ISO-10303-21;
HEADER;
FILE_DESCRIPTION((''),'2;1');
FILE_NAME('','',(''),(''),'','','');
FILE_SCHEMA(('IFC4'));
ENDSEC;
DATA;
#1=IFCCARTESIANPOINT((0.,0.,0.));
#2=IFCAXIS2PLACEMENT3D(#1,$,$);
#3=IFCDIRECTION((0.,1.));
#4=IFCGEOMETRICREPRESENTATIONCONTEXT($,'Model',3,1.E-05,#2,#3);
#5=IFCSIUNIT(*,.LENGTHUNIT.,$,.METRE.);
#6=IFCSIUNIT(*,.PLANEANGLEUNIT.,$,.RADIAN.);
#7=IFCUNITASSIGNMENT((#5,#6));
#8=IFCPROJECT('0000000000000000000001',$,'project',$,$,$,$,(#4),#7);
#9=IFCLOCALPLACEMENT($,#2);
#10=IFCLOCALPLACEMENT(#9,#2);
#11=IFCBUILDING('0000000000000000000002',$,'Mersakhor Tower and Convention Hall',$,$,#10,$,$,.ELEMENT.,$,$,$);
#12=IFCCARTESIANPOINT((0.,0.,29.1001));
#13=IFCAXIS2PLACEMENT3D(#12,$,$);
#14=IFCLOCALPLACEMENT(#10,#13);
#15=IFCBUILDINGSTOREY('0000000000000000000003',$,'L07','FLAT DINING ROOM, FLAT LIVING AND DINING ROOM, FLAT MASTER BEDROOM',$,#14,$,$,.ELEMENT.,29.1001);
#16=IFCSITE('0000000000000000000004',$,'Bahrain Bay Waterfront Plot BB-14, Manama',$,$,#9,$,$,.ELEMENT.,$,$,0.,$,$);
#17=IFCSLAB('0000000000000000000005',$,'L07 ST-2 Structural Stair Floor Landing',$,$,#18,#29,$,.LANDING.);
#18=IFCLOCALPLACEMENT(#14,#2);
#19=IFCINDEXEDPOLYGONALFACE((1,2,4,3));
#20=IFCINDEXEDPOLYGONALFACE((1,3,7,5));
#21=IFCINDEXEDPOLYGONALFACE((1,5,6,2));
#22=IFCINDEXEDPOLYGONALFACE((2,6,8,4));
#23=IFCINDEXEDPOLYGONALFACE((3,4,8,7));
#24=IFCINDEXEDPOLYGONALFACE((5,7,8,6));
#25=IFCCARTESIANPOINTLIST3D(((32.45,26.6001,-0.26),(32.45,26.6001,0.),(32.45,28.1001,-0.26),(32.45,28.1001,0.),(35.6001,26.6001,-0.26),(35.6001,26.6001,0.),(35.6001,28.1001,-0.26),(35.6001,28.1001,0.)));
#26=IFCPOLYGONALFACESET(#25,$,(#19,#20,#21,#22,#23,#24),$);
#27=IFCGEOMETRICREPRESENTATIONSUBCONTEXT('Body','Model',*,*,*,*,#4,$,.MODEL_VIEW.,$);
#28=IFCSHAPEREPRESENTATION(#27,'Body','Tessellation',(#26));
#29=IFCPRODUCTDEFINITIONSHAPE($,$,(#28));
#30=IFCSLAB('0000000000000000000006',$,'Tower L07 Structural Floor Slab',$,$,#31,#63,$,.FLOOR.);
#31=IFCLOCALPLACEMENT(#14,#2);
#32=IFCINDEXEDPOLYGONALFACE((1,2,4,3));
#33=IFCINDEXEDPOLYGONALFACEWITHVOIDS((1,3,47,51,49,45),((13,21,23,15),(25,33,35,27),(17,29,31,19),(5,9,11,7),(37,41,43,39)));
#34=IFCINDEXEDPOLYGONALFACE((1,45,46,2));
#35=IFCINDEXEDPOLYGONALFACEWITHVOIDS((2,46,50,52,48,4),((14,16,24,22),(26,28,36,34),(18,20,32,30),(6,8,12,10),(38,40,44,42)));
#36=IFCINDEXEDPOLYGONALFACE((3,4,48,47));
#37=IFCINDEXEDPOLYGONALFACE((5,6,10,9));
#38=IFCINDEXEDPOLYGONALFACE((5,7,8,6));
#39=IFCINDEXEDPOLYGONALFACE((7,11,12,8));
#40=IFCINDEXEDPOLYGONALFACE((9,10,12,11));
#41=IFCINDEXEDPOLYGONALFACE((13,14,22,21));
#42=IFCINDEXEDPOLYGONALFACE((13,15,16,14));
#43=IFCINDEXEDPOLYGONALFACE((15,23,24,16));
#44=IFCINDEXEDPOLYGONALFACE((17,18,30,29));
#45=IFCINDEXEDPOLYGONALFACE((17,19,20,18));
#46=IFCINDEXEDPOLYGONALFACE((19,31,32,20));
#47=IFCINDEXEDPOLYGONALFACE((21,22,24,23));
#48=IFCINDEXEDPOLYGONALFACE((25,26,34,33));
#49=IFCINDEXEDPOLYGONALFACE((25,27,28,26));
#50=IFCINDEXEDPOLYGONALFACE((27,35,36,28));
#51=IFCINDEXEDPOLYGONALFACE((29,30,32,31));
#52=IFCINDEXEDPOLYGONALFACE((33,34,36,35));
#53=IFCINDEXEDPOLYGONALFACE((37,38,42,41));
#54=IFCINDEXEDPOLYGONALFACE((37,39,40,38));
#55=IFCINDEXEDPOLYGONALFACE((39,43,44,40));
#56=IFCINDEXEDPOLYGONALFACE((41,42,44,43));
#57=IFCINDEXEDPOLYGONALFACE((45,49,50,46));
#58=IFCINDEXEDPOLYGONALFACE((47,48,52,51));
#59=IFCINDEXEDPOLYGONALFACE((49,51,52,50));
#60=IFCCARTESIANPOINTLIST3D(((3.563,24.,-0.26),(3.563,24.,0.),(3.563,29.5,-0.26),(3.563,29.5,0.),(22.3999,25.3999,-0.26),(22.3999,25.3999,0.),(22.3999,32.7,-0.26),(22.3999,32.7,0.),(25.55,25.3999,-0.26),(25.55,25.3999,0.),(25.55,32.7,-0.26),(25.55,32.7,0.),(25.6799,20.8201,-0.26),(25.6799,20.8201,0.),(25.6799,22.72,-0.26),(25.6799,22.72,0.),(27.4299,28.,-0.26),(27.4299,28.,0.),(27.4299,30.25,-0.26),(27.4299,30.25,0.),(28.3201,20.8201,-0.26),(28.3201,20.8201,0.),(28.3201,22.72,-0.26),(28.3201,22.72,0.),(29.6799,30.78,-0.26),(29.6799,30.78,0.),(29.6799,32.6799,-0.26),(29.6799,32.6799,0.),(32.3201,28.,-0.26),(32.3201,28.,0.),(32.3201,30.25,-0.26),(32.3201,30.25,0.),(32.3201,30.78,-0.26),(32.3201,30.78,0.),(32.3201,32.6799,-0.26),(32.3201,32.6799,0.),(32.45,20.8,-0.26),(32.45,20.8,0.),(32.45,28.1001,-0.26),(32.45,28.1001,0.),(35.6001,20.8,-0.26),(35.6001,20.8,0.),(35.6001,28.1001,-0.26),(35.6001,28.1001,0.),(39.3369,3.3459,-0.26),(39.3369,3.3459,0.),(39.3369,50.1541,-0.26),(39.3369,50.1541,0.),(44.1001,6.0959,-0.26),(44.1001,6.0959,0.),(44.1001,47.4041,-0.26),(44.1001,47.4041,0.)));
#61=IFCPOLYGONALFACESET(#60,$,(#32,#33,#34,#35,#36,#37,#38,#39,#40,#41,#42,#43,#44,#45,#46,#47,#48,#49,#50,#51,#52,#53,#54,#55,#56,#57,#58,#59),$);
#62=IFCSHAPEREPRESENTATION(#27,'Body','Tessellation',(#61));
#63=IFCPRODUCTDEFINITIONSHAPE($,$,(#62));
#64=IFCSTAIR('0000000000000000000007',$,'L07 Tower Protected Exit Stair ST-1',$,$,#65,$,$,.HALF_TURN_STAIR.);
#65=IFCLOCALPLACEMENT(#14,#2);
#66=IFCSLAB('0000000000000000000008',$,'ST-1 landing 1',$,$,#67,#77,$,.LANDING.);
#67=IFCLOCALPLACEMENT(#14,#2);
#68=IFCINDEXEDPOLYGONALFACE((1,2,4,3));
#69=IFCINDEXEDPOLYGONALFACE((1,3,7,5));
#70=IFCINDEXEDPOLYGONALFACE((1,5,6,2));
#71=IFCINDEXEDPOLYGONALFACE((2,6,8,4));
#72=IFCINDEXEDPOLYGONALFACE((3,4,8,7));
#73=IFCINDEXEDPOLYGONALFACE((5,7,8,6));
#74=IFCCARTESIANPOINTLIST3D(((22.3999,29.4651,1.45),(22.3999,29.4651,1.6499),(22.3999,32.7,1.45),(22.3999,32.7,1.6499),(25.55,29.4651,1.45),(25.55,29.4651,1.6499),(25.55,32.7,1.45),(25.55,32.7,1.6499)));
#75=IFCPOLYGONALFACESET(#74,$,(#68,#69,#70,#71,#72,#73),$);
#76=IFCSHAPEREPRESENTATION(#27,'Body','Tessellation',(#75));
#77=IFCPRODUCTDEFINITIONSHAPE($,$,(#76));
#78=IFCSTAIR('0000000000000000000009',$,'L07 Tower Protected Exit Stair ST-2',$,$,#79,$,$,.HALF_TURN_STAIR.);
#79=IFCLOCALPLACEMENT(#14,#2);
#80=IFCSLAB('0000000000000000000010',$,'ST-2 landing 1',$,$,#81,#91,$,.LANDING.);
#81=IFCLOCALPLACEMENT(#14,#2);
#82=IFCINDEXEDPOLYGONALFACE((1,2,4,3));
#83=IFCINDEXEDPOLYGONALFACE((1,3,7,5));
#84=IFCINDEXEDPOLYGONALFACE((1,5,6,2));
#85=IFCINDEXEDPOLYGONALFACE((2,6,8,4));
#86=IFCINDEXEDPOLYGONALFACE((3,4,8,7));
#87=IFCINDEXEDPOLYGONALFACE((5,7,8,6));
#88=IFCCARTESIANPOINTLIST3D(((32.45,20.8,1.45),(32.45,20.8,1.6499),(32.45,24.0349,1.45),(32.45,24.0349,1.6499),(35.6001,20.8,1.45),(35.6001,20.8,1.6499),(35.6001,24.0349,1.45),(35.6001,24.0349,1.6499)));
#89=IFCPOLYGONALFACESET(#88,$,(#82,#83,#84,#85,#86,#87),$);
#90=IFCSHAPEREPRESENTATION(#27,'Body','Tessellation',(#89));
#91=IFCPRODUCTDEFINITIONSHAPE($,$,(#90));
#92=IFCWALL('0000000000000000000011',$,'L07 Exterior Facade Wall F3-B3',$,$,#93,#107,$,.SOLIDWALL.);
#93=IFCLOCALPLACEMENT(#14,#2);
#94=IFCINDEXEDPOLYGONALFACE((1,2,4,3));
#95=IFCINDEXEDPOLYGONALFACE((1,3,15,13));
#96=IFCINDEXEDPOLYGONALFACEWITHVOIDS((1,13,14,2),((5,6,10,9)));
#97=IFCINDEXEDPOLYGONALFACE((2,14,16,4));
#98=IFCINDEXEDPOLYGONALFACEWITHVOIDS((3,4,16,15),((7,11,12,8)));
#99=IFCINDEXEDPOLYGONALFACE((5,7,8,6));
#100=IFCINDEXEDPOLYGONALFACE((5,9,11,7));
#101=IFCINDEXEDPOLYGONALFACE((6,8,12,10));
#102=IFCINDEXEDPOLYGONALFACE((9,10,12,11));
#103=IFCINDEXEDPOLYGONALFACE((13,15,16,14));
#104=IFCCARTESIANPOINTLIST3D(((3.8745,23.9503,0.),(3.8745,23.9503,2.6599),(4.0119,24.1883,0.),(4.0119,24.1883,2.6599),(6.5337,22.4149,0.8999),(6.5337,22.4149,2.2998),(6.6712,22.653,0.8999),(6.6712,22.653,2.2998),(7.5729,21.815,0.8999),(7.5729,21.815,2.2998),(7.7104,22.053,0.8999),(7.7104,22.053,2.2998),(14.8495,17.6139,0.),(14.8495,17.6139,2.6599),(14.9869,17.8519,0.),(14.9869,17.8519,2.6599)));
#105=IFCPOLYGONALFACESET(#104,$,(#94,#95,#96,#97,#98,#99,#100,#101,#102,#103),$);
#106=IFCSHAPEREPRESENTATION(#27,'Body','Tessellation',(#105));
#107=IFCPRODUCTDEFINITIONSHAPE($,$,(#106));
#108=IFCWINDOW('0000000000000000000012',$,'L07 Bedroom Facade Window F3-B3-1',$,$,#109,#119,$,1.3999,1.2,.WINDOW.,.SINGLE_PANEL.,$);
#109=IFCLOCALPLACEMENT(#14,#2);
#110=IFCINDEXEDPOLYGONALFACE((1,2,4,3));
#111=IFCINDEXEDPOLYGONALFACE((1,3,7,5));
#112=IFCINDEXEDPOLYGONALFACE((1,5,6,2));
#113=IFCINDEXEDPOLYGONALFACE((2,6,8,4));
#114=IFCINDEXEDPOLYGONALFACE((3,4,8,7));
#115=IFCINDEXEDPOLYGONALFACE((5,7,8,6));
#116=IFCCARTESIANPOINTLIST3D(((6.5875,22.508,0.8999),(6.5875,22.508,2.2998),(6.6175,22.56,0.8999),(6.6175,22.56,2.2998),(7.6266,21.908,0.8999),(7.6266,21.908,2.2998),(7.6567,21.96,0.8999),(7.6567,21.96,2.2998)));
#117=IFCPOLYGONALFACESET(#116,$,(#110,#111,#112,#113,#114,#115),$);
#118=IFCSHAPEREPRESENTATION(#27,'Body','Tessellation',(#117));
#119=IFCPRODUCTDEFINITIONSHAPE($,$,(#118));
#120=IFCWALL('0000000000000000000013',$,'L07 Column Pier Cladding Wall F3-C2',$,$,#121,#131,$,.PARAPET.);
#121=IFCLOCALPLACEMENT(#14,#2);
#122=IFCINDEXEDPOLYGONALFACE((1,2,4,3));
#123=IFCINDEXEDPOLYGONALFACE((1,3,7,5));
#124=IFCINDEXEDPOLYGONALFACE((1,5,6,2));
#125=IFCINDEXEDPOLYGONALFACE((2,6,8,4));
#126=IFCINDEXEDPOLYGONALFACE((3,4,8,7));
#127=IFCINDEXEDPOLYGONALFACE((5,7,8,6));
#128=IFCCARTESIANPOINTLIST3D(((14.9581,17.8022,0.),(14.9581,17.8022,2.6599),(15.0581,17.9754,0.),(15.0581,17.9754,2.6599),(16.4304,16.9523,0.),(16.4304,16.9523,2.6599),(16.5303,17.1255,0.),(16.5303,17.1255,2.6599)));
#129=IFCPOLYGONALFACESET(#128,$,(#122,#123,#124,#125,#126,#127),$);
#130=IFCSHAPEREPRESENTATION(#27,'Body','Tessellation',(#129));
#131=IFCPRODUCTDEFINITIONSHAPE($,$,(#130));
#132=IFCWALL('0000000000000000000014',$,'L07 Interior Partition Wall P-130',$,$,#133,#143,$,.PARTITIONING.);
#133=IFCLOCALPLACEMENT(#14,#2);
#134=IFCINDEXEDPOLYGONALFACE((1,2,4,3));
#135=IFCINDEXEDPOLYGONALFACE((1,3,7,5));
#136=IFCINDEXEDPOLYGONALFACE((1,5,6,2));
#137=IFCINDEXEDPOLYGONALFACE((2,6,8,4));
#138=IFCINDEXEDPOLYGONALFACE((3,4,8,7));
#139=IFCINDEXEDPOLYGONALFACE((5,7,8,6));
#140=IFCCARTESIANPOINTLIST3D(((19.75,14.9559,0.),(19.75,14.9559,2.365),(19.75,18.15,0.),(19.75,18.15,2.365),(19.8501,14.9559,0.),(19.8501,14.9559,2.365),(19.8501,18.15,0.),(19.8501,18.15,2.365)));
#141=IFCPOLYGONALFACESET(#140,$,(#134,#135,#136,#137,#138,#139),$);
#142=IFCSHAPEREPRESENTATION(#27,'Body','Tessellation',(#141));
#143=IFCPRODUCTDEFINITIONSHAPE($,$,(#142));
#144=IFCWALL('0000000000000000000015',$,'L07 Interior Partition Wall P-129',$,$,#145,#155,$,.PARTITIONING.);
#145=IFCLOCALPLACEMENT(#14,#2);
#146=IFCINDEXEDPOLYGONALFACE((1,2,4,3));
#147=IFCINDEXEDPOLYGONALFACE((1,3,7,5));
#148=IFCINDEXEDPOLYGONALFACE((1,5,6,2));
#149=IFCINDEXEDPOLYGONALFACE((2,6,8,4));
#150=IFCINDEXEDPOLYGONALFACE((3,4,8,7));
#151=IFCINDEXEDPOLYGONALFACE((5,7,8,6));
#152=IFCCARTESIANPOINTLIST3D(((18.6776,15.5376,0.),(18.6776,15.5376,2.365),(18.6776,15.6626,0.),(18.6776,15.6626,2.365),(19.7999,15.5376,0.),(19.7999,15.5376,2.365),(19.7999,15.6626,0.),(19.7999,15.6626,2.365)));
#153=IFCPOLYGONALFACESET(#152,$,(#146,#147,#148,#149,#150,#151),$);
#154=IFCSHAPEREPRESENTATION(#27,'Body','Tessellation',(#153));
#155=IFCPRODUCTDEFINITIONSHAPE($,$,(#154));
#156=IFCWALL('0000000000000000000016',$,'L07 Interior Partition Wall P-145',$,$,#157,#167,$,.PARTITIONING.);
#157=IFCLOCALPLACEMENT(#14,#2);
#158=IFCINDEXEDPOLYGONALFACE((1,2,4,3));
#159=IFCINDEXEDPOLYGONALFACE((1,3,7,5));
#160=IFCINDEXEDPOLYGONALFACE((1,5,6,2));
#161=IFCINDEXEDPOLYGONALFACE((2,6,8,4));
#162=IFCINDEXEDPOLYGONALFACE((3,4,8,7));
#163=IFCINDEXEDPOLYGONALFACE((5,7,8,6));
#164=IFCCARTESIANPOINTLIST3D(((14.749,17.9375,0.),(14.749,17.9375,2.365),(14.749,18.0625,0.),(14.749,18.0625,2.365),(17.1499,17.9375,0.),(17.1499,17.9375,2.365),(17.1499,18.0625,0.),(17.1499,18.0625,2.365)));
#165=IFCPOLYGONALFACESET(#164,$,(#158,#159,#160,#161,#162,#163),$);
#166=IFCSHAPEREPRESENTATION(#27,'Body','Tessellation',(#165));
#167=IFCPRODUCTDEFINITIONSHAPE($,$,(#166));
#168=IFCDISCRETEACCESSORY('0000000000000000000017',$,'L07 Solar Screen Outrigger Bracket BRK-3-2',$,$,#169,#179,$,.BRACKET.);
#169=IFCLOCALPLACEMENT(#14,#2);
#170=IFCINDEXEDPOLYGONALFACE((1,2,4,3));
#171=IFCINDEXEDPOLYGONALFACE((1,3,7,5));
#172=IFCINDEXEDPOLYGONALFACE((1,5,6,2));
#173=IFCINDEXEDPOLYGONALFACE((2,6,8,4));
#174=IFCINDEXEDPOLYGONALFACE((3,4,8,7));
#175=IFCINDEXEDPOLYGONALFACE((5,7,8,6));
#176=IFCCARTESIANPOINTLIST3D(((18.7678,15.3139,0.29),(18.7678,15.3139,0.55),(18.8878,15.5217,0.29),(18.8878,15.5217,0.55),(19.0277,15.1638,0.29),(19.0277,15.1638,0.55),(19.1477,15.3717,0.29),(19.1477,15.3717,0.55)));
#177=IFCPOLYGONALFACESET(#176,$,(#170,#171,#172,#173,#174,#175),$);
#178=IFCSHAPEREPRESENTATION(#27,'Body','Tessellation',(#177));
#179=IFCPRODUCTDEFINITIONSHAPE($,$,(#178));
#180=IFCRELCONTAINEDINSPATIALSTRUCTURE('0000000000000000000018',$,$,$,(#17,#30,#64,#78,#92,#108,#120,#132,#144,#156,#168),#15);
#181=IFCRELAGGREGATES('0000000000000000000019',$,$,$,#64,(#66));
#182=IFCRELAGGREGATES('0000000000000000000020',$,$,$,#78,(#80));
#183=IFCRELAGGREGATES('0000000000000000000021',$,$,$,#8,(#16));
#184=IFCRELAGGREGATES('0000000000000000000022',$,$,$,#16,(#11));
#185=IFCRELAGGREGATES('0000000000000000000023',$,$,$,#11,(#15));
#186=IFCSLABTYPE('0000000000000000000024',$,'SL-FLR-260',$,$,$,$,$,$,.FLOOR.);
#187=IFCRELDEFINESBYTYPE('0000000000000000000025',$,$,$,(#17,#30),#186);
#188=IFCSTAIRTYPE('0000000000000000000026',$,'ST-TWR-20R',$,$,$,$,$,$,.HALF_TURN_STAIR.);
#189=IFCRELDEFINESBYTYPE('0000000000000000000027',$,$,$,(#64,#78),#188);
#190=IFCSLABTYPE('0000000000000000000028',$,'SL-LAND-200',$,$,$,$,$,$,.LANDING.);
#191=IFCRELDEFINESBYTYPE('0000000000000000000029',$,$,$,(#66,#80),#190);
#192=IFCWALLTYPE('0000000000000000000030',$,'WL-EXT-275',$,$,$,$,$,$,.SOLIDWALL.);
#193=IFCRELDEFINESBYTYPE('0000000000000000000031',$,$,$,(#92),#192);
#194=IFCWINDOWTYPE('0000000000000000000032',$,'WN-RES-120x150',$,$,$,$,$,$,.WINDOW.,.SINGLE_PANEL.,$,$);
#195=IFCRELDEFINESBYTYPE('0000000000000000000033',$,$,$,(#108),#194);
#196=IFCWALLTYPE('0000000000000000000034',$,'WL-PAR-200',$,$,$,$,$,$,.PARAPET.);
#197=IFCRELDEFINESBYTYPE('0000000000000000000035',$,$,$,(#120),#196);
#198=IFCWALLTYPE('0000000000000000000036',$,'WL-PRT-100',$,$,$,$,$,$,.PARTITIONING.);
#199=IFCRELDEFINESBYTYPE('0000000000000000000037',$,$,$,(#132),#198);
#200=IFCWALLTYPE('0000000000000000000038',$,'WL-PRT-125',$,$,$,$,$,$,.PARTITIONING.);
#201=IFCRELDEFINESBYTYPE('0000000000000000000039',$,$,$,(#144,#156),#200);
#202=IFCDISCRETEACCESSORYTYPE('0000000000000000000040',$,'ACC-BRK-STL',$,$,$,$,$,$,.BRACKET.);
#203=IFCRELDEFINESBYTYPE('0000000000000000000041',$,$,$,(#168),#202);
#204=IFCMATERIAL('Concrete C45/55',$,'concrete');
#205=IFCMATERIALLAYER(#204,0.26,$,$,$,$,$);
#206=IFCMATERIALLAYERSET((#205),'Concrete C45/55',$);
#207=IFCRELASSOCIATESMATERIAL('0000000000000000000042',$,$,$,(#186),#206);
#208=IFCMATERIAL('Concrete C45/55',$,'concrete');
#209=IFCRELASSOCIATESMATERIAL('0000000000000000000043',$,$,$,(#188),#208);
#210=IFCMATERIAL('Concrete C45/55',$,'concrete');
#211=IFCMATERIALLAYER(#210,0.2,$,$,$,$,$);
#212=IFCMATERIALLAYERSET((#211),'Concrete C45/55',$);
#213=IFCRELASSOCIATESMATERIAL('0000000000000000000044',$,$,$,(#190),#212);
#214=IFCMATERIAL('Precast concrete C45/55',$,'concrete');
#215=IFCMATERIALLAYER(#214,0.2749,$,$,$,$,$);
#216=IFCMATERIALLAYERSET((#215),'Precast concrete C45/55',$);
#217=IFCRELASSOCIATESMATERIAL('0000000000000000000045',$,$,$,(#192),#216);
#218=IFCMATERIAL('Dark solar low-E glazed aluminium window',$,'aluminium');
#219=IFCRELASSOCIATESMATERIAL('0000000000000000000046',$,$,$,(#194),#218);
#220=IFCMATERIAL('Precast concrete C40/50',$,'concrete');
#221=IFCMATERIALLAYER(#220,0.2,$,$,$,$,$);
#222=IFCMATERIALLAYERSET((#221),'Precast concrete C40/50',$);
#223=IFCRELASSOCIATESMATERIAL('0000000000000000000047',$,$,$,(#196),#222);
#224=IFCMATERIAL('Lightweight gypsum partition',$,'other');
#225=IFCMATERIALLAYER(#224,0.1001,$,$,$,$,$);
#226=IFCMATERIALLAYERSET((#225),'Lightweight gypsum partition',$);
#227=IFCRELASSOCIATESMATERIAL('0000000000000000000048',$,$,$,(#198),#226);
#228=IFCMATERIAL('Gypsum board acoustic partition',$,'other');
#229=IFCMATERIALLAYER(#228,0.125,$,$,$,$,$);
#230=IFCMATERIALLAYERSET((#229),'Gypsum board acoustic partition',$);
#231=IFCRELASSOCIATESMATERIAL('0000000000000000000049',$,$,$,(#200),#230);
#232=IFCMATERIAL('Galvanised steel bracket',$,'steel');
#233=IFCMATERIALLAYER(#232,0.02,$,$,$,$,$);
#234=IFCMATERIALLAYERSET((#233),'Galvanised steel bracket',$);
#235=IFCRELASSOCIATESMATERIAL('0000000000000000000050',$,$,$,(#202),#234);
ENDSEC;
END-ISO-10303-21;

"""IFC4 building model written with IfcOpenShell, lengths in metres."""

from ifc_helpers import new_model, si_unit, direction, frame, frame_2d, origin, origin_2d, place, context, subcontext, project, spatial, polyline, rectangle, outline, extrude, material, layer, layer_set, type_object, element, fill, aggregate, save


model = new_model("IFC4")

# Units and contexts
model_context = context("Model", 3, precision=1e-05, world=origin(), true_north=direction((0.0, 1.0)))
body_context = subcontext(model_context, "Body", "Model", "MODEL_VIEW")
ifc_project = project(units=[si_unit("LENGTHUNIT", "METRE"), si_unit("PLANEANGLEUNIT", "RADIAN")], contexts=[model_context])

# Site, building, storey
site_placement = place(None, origin())
site = spatial("IfcSite", under=ifc_project, at=site_placement, Name="Bahrain Bay Waterfront Plot BB-14, Manama", CompositionType="ELEMENT", RefElevation=0.0)
building_placement = place(site_placement, origin())
building = spatial("IfcBuilding", under=site, at=building_placement, Name="Mersakhor Tower and Convention Hall", CompositionType="ELEMENT")
storey_placement = place(building_placement, frame((0.0, 0.0, 29.1001)))
storey = spatial("IfcBuildingStorey", under=building, at=storey_placement, Name="L07", Description="FLAT DINING ROOM, FLAT LIVING AND DINING ROOM, FLAT MASTER BEDROOM", CompositionType="ELEMENT", Elevation=29.1001)

# Slabs
ifc_material_1 = material(Name="Concrete C45/55", Category="concrete")
ifc_layer_1 = layer(ifc_material_1, 0.26)
ifc_layer_set_1 = layer_set([ifc_layer_1], Name="Concrete C45/55")
slab_type_1 = type_object("IfcSlabType", Name="SL-FLR-260", PredefinedType="FLOOR", material=ifc_layer_set_1)
slab_1_placement = place(storey_placement, frame((0.0, 0.0, -0.26)))
element("IfcSlab", 1, at=slab_1_placement, inside=storey, type_object=slab_type_1, Name="L07 ST-2 Structural Stair Floor Landing", PredefinedType="LANDING", context=body_context, shape_type="SweptSolid", body=[
    extrude(outline(polyline([(32.45, 28.1001), (32.45, 26.6001), (35.6001, 26.6001), (35.6001, 28.1001), (32.45, 28.1001)])), origin(), (0.0, 0.0, 1.0), 0.26),
])
slab_2_placement = place(storey_placement, frame((0.0, 0.0, -0.26)))
element("IfcSlab", 2, at=slab_2_placement, inside=storey, type_object=slab_type_1, Name="Tower L07 Structural Floor Slab", PredefinedType="FLOOR", context=body_context, shape_type="SweptSolid", body=[
    extrude(outline(polyline([(3.563, 29.5), (39.3369, 50.1541), (44.1001, 47.4041), (44.1001, 6.0959), (39.3369, 3.3459), (3.563, 24.0), (3.563, 29.5)]), holes=[polyline([(25.55, 25.3999), (25.55, 32.7), (22.3999, 32.7), (22.3999, 25.3999), (25.55, 25.3999)]), polyline([(32.45, 28.1001), (32.45, 20.8), (35.6001, 20.8), (35.6001, 28.1001), (32.45, 28.1001)]), polyline([(25.6799, 20.8201), (25.6799, 22.72), (28.3201, 22.72), (28.3201, 20.8201), (25.6799, 20.8201)]), polyline([(29.6799, 30.78), (29.6799, 32.6799), (32.3201, 32.6799), (32.3201, 30.78), (29.6799, 30.78)]), polyline([(27.4299, 28.0), (27.4299, 30.25), (32.3201, 30.25), (32.3201, 28.0), (27.4299, 28.0)])]), origin(), (0.0, 0.0, 1.0), 0.26),
])

# Stairs, slabs
ifc_material_2 = material(Name="Concrete C45/55", Category="concrete")
stair_type = type_object("IfcStairType", Name="ST-TWR-20R", PredefinedType="HALF_TURN_STAIR", material=ifc_material_2)
stair_1_placement = place(storey_placement, origin())
stair_1 = element("IfcStair", 3, at=stair_1_placement, inside=storey, type_object=stair_type, Name="L07 Tower Protected Exit Stair ST-1", PredefinedType="HALF_TURN_STAIR")
ifc_material_3 = material(Name="Concrete C45/55", Category="concrete")
ifc_layer_2 = layer(ifc_material_3, 0.2)
ifc_layer_set_2 = layer_set([ifc_layer_2], Name="Concrete C45/55")
slab_type_2 = type_object("IfcSlabType", Name="SL-LAND-200", PredefinedType="LANDING", material=ifc_layer_set_2)
slab_3_placement = place(storey_placement, frame((0.0, 0.0, 1.45)))
slab_3 = element("IfcSlab", 4, at=slab_3_placement, type_object=slab_type_2, Name="ST-1 landing 1", PredefinedType="LANDING", context=body_context, shape_type="SweptSolid", body=[
    extrude(outline(polyline([(25.55, 29.4651), (25.55, 32.7), (22.3999, 32.7), (22.3999, 29.4651), (25.55, 29.4651)])), origin(), (0.0, 0.0, 1.0), 0.2),
])
aggregate(stair_1, [slab_3])
stair_2_placement = place(storey_placement, origin())
stair_2 = element("IfcStair", 5, at=stair_2_placement, inside=storey, type_object=stair_type, Name="L07 Tower Protected Exit Stair ST-2", PredefinedType="HALF_TURN_STAIR")
slab_4_placement = place(storey_placement, frame((0.0, 0.0, 1.45)))
slab_4 = element("IfcSlab", 6, at=slab_4_placement, type_object=slab_type_2, Name="ST-2 landing 1", PredefinedType="LANDING", context=body_context, shape_type="SweptSolid", body=[
    extrude(outline(polyline([(32.45, 24.0349), (32.45, 20.8), (35.6001, 20.8), (35.6001, 24.0349), (32.45, 24.0349)])), origin(), (0.0, 0.0, 1.0), 0.2),
])
aggregate(stair_2, [slab_4])

# Wall, opening, window
ifc_material_4 = material(Name="Precast concrete C45/55", Category="concrete")
ifc_layer_3 = layer(ifc_material_4, 0.2749)
ifc_layer_set_3 = layer_set([ifc_layer_3], Name="Precast concrete C45/55")
wall_type_1 = type_object("IfcWallType", Name="WL-EXT-275", PredefinedType="SOLIDWALL", material=ifc_layer_set_3)
wall_1_placement = place(storey_placement, frame((14.9182, 17.7329, 0.0), z_axis=(0.0, 0.0, 1.0), x_axis=(-0.866027, 0.499997, 0.0)))
wall_1 = element("IfcWall", 7, at=wall_1_placement, inside=storey, type_object=wall_type_1, Name="L07 Exterior Facade Wall F3-B3", PredefinedType="SOLIDWALL", context=body_context, shape_type="SweptSolid", body=[
    extrude(rectangle(XDim=12.6729, YDim=0.2749, at=frame_2d((6.3364, 0.0))), origin(), (0.0, 0.0, 1.0), 2.6599),
])
opening_placement = place(wall_1_placement, frame((8.4021, 0.0, 0.8999)))
opening = element("IfcOpeningElement", 8, at=opening_placement, cuts=wall_1, PredefinedType="OPENING", context=body_context, shape_type="SweptSolid", body=[
    extrude(rectangle(XDim=1.2, YDim=1.3999, at=frame_2d((0.6001, 0.7))), frame((0.0, 0.1475, 0.0), z_axis=(0.0, -1.0, 0.0), x_axis=(1.0, 0.0, 0.0)), (0.0, 0.0, 1.0), 0.2949),
])
ifc_material_5 = material(Name="Dark solar low-E glazed aluminium window", Category="aluminium")
window_type = type_object("IfcWindowType", Name="WN-RES-120x150", PartitioningType="SINGLE_PANEL", PredefinedType="WINDOW", material=ifc_material_5)
window_placement = place(opening_placement, origin())
window = element("IfcWindow", 9, at=window_placement, inside=storey, type_object=window_type, Name="L07 Bedroom Facade Window F3-B3-1", OverallHeight=1.3999, OverallWidth=1.2, PartitioningType="SINGLE_PANEL", PredefinedType="WINDOW", context=body_context, shape_type="SweptSolid", body=[
    extrude(rectangle(XDim=1.2, YDim=1.3999, at=frame_2d((0.6001, 0.7))), frame((0.0, 0.03, 0.0), z_axis=(0.0, -1.0, 0.0), x_axis=(1.0, 0.0, 0.0)), (0.0, 0.0, 1.0), 0.0601),
])
fill(opening, window)

# Walls
ifc_material_6 = material(Name="Precast concrete C40/50", Category="concrete")
ifc_layer_4 = layer(ifc_material_6, 0.2)
ifc_layer_set_4 = layer_set([ifc_layer_4], Name="Precast concrete C40/50")
wall_type_2 = type_object("IfcWallType", Name="WL-PAR-200", PredefinedType="PARAPET", material=ifc_layer_set_4)
wall_2_placement = place(storey_placement, frame((16.4805, 17.0388, 0.0), z_axis=(0.0, 0.0, 1.0), x_axis=(-0.866052, 0.499955, 0.0)))
element("IfcWall", 10, at=wall_2_placement, inside=storey, type_object=wall_type_2, Name="L07 Column Pier Cladding Wall F3-C2", PredefinedType="PARAPET", context=body_context, shape_type="SweptSolid", body=[
    extrude(rectangle(XDim=1.7, YDim=0.2, at=frame_2d((0.8501, 0.0))), origin(), (0.0, 0.0, 1.0), 2.6599),
])
ifc_material_7 = material(Name="Lightweight gypsum partition", Category="other")
ifc_layer_5 = layer(ifc_material_7, 0.1001)
ifc_layer_set_5 = layer_set([ifc_layer_5], Name="Lightweight gypsum partition")
wall_type_3 = type_object("IfcWallType", Name="WL-PRT-100", PredefinedType="PARTITIONING", material=ifc_layer_set_5)
wall_3_placement = place(storey_placement, frame((19.8, 14.9558, 0.0), z_axis=(0.0, 0.0, 1.0), x_axis=(0.0, 1.0, 0.0)))
element("IfcWall", 11, at=wall_3_placement, inside=storey, type_object=wall_type_3, Name="L07 Interior Partition Wall P-130", PredefinedType="PARTITIONING", context=body_context, shape_type="SweptSolid", body=[
    extrude(rectangle(XDim=3.1941, YDim=0.1001, at=frame_2d((1.5972, 0.0))), origin(), (0.0, 0.0, 1.0), 2.365),
])
ifc_material_8 = material(Name="Gypsum board acoustic partition", Category="other")
ifc_layer_6 = layer(ifc_material_8, 0.125)
ifc_layer_set_6 = layer_set([ifc_layer_6], Name="Gypsum board acoustic partition")
wall_type_4 = type_object("IfcWallType", Name="WL-PRT-125", PredefinedType="PARTITIONING", material=ifc_layer_set_6)
wall_4_placement = place(storey_placement, frame((18.6777, 15.6001, 0.0), z_axis=(0.0, 0.0, 1.0), x_axis=(1.0, 0.0, 0.0)))
element("IfcWall", 12, at=wall_4_placement, inside=storey, type_object=wall_type_4, Name="L07 Interior Partition Wall P-129", PredefinedType="PARTITIONING", context=body_context, shape_type="SweptSolid", body=[
    extrude(rectangle(XDim=1.1223, YDim=0.125, at=frame_2d((0.561, 0.0))), origin(), (0.0, 0.0, 1.0), 2.365),
])
wall_5_placement = place(storey_placement, frame((17.1499, 18.0, 0.0), z_axis=(0.0, 0.0, 1.0), x_axis=(-1.0, 0.0, 0.0)))
element("IfcWall", 13, at=wall_5_placement, inside=storey, type_object=wall_type_4, Name="L07 Interior Partition Wall P-145", PredefinedType="PARTITIONING", context=body_context, shape_type="SweptSolid", body=[
    extrude(rectangle(XDim=2.4009, YDim=0.125, at=frame_2d((1.2004, 0.0))), origin(), (0.0, 0.0, 1.0), 2.365),
])

# Discrete accessory
ifc_material_9 = material(Name="Galvanised steel bracket", Category="steel")
ifc_layer_7 = layer(ifc_material_9, 0.02)
ifc_layer_set_7 = layer_set([ifc_layer_7], Name="Galvanised steel bracket")
discrete_accessory_type = type_object("IfcDiscreteAccessoryType", Name="ACC-BRK-STL", PredefinedType="BRACKET", material=ifc_layer_set_7)
discrete_accessory_1_placement = place(storey_placement, frame((18.9578, 15.3428, 0.29), z_axis=(0.0, 0.0, 1.0), x_axis=(-0.866025, 0.5, 0.0)))
element("IfcDiscreteAccessory", 14, at=discrete_accessory_1_placement, inside=storey, type_object=discrete_accessory_type, Name="L07 Solar Screen Outrigger Bracket BRK-3-2", PredefinedType="BRACKET", context=body_context, shape_type="SweptSolid", body=[
    extrude(rectangle(XDim=0.3, YDim=0.24, at=origin_2d()), origin(), (0.0, 0.0, 1.0), 0.26),
])

save(model, "model.ifc")
